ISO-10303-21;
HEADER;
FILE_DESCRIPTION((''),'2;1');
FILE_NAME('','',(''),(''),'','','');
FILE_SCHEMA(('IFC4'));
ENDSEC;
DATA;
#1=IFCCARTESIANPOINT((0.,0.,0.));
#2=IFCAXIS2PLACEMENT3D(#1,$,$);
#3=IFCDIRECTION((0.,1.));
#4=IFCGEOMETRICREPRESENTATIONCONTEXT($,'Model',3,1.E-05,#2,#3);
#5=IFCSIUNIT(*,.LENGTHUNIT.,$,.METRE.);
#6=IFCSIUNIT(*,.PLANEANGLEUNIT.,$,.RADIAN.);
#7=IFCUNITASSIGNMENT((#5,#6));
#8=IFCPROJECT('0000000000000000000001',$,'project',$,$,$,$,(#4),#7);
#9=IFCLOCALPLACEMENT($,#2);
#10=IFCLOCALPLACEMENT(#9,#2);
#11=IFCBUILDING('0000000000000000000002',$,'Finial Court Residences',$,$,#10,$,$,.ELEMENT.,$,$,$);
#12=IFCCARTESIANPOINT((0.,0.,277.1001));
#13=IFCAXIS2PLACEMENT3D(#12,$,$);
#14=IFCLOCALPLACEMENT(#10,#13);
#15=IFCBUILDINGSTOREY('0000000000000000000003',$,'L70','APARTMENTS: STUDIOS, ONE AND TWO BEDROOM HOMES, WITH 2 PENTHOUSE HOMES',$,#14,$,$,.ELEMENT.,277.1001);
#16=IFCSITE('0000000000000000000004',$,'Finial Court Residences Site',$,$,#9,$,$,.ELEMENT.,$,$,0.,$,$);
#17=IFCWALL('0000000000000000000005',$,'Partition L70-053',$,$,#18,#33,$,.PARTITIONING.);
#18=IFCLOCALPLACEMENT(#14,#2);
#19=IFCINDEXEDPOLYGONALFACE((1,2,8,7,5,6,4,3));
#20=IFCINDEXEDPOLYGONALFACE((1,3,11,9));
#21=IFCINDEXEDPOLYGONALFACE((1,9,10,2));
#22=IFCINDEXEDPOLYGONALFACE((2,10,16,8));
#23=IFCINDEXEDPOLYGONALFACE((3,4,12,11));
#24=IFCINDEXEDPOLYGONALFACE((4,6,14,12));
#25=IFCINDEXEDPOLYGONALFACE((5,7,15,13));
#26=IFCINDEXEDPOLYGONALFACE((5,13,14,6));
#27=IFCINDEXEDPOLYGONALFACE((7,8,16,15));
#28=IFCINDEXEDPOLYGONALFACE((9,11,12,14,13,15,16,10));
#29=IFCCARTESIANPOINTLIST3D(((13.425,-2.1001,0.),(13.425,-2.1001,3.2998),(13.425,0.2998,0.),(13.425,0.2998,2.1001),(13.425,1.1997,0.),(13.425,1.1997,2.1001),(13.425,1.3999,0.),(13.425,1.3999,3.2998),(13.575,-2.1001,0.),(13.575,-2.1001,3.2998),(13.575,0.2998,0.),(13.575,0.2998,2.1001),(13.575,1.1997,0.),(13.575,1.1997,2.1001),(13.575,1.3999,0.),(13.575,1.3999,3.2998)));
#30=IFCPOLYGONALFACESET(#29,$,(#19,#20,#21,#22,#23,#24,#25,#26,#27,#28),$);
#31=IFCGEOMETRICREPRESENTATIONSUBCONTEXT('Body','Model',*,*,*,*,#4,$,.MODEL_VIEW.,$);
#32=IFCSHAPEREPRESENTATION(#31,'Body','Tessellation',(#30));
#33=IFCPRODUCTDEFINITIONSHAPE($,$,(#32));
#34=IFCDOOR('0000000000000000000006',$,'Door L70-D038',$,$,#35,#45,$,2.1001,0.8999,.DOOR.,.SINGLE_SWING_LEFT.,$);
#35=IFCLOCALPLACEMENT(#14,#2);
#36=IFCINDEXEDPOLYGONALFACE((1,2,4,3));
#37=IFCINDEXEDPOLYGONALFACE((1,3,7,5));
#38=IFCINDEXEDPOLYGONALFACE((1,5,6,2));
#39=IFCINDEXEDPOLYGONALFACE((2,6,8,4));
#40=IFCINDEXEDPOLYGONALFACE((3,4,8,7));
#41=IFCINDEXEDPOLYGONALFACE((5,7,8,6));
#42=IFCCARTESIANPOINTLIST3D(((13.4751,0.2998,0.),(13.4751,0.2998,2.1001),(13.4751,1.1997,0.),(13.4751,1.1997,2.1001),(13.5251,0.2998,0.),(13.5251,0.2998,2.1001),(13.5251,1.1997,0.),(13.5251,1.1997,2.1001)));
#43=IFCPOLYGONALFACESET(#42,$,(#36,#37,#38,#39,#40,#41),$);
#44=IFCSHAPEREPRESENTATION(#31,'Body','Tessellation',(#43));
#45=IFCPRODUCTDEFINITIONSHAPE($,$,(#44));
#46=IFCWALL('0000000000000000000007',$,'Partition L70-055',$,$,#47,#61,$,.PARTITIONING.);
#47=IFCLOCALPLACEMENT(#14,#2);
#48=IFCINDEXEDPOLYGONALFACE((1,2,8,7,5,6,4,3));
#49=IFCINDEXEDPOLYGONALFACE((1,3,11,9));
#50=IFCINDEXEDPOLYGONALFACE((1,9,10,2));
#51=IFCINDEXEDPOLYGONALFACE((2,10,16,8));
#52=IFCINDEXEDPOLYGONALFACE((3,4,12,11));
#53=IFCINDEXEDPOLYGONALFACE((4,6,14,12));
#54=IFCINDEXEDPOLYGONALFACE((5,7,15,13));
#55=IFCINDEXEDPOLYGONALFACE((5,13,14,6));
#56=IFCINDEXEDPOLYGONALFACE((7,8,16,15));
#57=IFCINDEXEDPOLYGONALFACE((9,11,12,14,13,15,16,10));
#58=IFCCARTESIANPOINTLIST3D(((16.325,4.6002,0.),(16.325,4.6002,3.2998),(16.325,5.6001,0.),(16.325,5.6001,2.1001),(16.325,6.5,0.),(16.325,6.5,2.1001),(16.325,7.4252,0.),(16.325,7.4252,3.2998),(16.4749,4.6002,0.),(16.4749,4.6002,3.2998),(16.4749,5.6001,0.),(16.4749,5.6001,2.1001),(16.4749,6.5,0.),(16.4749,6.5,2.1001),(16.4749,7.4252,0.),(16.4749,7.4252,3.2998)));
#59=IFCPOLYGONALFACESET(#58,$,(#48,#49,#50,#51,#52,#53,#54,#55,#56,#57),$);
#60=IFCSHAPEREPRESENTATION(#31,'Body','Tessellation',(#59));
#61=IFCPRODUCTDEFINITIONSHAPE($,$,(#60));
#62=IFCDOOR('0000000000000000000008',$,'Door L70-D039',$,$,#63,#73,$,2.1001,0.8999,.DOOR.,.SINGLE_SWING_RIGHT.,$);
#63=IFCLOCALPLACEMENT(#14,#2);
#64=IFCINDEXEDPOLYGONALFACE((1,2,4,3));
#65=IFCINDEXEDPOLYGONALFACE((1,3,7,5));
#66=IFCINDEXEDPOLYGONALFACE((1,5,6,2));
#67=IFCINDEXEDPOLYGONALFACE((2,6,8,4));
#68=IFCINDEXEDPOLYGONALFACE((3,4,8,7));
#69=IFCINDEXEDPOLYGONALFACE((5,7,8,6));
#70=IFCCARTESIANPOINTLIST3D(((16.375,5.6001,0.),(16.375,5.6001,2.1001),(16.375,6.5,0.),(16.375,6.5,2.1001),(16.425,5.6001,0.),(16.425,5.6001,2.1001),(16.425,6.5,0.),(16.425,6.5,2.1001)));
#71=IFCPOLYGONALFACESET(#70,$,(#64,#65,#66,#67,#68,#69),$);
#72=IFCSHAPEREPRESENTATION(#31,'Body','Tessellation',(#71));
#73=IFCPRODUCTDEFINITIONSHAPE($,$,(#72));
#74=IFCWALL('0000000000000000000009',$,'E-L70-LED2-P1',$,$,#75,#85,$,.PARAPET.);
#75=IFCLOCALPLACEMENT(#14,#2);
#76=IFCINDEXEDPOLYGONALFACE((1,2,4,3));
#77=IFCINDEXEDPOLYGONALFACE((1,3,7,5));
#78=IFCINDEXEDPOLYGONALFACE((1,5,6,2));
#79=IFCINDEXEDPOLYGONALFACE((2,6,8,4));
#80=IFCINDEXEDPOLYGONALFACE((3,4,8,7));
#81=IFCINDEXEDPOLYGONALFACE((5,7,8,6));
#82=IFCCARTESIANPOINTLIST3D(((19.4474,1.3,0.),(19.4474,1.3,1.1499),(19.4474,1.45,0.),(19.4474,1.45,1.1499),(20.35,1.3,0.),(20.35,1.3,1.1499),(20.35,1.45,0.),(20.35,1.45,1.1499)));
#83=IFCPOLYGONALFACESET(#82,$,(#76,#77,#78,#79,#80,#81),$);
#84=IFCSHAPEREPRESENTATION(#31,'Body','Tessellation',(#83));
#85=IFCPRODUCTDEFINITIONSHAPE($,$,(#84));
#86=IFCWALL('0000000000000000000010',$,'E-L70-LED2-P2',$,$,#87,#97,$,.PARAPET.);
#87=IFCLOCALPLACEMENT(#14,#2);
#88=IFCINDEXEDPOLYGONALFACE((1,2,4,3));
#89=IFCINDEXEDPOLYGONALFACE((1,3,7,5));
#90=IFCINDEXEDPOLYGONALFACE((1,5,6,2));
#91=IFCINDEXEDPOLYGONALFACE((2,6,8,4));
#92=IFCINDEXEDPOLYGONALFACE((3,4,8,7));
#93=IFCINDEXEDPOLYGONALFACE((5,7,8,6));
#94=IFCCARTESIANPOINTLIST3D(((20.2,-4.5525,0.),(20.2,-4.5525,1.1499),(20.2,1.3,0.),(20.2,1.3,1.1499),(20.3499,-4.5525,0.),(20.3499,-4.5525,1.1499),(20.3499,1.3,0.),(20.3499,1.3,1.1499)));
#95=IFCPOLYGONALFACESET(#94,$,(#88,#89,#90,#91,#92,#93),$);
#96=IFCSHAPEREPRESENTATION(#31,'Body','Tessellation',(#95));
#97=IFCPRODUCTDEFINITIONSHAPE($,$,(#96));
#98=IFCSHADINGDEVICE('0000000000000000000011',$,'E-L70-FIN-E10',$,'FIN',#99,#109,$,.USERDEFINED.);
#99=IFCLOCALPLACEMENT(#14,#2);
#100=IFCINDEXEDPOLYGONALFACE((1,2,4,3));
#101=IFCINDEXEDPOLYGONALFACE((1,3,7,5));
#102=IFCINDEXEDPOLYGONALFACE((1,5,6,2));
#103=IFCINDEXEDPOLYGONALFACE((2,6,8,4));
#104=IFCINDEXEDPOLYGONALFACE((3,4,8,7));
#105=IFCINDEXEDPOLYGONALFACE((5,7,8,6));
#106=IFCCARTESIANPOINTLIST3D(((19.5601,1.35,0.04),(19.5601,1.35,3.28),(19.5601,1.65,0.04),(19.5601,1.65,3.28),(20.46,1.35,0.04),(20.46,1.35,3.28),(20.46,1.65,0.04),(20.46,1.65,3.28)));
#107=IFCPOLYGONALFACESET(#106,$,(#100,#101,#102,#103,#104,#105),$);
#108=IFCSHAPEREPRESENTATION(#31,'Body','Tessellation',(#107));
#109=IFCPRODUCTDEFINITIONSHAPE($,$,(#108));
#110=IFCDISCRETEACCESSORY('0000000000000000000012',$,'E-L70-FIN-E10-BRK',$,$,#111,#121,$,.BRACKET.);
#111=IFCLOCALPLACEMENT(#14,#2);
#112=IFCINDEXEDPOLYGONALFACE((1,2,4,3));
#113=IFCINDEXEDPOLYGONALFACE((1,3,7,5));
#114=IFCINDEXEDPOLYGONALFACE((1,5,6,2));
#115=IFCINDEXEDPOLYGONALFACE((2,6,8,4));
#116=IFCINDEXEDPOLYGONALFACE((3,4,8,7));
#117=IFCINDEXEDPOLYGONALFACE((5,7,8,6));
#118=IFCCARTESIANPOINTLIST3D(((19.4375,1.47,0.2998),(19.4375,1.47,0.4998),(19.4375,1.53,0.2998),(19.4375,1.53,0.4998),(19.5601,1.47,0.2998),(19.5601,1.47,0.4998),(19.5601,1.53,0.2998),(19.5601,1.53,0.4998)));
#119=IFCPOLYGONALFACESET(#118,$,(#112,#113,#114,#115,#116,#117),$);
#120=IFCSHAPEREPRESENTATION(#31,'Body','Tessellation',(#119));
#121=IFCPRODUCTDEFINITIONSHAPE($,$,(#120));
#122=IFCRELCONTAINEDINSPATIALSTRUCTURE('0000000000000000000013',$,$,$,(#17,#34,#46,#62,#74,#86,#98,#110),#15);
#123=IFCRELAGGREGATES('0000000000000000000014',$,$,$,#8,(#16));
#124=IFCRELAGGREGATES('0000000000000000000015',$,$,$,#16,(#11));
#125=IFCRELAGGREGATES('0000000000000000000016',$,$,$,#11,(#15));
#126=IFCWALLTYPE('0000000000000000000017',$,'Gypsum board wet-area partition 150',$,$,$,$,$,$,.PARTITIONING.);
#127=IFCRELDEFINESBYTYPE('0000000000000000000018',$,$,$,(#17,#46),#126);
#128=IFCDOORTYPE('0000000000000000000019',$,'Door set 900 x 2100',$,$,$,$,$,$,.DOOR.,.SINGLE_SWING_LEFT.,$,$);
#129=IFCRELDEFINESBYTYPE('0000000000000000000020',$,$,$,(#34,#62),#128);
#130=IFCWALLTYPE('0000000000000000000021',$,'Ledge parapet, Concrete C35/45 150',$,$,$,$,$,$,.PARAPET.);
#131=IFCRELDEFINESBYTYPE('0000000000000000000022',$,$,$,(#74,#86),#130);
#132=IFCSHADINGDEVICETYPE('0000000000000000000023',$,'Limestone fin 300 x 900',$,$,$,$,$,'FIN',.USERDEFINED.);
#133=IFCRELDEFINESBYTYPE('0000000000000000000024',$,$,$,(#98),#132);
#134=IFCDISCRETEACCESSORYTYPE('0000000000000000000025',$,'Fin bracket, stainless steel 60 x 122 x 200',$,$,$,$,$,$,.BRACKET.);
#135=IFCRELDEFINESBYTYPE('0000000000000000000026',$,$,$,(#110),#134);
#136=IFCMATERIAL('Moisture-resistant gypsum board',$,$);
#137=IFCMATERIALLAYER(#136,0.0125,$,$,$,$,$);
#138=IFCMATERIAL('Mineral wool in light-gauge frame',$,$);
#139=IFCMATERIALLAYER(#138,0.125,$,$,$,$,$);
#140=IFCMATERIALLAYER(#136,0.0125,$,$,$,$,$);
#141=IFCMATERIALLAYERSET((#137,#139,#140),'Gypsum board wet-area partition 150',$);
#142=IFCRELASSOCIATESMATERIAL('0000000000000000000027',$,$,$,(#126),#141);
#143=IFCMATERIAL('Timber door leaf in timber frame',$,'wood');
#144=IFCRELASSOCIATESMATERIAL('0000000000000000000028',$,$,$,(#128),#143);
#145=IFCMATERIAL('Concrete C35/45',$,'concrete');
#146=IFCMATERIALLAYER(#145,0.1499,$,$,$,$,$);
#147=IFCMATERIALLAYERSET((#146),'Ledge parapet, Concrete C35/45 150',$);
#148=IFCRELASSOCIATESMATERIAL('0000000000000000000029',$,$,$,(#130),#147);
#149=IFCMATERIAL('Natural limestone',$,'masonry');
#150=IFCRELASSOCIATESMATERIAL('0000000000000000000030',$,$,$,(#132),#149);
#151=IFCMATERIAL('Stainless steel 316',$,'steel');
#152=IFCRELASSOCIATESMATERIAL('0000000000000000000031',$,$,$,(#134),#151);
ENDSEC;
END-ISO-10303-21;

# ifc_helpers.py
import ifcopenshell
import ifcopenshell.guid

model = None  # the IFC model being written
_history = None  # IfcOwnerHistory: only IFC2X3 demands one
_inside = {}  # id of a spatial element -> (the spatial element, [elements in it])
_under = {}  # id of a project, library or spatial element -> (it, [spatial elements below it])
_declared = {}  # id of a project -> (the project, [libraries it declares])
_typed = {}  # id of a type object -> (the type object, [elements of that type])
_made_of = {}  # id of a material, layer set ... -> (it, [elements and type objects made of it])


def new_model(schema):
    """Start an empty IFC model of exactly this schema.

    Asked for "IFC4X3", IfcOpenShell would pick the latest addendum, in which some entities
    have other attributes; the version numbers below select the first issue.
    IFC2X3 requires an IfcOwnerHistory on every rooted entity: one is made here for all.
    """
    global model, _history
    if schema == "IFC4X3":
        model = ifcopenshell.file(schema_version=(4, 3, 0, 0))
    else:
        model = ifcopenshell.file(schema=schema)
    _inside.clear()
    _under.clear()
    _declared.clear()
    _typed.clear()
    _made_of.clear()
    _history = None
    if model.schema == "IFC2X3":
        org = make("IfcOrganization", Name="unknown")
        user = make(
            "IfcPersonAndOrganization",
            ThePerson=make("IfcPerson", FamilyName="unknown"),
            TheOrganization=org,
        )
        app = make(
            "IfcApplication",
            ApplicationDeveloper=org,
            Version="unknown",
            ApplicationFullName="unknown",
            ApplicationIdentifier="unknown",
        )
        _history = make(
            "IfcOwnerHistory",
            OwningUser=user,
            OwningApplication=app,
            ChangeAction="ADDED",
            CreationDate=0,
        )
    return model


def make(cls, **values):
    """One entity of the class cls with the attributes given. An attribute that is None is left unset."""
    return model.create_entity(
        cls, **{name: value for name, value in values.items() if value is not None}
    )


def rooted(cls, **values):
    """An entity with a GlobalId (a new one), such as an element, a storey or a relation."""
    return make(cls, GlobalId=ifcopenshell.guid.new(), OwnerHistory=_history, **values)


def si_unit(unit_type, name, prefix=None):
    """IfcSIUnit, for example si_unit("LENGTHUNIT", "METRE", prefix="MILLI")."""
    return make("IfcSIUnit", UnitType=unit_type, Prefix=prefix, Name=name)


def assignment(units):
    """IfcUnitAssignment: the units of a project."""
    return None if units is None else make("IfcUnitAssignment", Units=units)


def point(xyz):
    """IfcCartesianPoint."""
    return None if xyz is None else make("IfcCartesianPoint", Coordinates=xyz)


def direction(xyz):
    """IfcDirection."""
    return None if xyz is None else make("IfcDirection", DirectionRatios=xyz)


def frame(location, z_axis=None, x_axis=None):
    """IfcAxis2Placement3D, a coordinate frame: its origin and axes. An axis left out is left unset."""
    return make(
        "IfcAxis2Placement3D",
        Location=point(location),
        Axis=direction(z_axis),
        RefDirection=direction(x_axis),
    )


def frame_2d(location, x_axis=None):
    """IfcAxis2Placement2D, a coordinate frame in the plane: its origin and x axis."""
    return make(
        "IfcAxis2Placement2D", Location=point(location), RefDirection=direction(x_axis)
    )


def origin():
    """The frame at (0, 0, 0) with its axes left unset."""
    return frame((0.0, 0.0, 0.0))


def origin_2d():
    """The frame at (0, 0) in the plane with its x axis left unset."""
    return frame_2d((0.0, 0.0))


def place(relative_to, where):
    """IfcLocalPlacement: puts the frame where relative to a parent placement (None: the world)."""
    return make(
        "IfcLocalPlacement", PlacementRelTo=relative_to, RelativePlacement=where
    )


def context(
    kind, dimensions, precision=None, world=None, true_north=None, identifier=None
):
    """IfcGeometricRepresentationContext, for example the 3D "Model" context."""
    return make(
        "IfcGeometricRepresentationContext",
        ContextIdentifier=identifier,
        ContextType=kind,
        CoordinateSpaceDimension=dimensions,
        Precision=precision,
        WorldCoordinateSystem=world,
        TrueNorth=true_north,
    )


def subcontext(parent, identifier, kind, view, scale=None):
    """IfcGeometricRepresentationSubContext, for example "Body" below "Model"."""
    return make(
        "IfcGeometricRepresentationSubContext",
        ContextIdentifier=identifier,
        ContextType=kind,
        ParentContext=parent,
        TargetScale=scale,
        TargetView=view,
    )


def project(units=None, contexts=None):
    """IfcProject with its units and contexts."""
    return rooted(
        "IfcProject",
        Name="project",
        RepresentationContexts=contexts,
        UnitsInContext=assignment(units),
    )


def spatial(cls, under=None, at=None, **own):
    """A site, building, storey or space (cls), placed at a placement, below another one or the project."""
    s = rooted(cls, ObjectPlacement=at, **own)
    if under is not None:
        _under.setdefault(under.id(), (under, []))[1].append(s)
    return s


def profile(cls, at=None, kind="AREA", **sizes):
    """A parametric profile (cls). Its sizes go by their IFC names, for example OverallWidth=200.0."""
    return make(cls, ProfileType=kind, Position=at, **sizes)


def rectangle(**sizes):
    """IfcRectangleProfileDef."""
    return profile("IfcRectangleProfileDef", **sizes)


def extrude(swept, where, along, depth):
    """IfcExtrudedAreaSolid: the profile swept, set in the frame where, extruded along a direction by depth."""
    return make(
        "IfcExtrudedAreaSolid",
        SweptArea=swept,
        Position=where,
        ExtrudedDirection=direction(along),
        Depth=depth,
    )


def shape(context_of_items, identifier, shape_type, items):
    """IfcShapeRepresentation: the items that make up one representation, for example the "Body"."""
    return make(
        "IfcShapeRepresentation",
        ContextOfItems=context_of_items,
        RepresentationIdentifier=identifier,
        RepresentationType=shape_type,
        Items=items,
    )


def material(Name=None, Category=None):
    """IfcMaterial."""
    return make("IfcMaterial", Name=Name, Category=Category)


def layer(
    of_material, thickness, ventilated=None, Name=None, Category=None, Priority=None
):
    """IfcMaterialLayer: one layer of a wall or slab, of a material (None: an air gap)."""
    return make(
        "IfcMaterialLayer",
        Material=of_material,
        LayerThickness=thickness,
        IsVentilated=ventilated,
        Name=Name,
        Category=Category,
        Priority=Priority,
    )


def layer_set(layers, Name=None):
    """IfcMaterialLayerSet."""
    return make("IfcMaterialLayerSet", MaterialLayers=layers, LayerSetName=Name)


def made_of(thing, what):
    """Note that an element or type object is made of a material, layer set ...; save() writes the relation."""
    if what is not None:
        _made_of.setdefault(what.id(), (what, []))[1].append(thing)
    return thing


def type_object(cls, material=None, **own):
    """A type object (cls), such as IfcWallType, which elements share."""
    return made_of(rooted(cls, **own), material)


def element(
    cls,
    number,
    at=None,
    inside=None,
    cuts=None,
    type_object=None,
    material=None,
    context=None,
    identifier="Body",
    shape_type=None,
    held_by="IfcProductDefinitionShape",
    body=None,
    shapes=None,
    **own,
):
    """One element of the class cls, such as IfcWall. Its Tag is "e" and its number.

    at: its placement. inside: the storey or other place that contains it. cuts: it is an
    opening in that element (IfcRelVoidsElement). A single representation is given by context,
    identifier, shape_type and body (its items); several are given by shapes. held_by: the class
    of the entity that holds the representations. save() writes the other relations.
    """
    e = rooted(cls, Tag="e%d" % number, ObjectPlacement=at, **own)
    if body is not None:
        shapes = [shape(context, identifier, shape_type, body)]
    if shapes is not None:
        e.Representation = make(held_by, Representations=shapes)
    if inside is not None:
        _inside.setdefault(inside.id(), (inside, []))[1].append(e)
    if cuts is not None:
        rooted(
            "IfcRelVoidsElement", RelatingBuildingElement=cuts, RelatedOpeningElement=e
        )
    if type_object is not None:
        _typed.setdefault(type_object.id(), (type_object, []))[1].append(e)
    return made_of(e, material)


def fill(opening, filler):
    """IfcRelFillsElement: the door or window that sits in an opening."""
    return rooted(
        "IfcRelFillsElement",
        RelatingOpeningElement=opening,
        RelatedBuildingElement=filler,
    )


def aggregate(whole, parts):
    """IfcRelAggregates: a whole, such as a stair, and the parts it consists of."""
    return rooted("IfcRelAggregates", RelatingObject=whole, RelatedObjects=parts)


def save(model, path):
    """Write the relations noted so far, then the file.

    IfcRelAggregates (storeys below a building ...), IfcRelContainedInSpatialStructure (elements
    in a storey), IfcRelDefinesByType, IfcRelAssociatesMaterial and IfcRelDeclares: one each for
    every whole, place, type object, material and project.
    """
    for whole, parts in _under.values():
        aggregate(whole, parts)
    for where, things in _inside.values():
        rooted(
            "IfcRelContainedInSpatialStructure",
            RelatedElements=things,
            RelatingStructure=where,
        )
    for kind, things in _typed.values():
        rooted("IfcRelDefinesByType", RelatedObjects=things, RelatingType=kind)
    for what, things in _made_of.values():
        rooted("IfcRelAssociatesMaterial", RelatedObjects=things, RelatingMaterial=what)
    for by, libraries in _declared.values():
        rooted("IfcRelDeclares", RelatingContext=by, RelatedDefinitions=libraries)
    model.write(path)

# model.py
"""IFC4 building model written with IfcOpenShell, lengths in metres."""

from ifc_helpers import new_model, si_unit, direction, frame, frame_2d, origin, origin_2d, place, context, subcontext, project, spatial, rectangle, extrude, material, layer, layer_set, type_object, element, fill, save


model = new_model("IFC4")

# Units and contexts
model_context = context("Model", 3, precision=1e-05, world=origin(), true_north=direction((0.0, 1.0)))
body_context = subcontext(model_context, "Body", "Model", "MODEL_VIEW")
ifc_project = project(units=[si_unit("LENGTHUNIT", "METRE"), si_unit("PLANEANGLEUNIT", "RADIAN")], contexts=[model_context])

# Site, building, storey
site_placement = place(None, origin())
site = spatial("IfcSite", under=ifc_project, at=site_placement, Name="Finial Court Residences Site", CompositionType="ELEMENT", RefElevation=0.0)
building_placement = place(site_placement, origin())
building = spatial("IfcBuilding", under=site, at=building_placement, Name="Finial Court Residences", CompositionType="ELEMENT")
storey_placement = place(building_placement, frame((0.0, 0.0, 277.1001)))
storey = spatial("IfcBuildingStorey", under=building, at=storey_placement, Name="L70", Description="APARTMENTS: STUDIOS, ONE AND TWO BEDROOM HOMES, WITH 2 PENTHOUSE HOMES", CompositionType="ELEMENT", Elevation=277.1001)

# Shared definitions
ifc_material_1 = material(Name="Mineral wool in light-gauge frame")
ifc_material_2 = material(Name="Moisture-resistant gypsum board")
ifc_layer_1 = layer(ifc_material_2, 0.0125)
ifc_layer_2 = layer(ifc_material_1, 0.125)
ifc_layer_3 = layer(ifc_material_2, 0.0125)
ifc_layer_set_1 = layer_set([ifc_layer_1, ifc_layer_2, ifc_layer_3], Name="Gypsum board wet-area partition 150")
wall_type_1 = type_object("IfcWallType", Name="Gypsum board wet-area partition 150", PredefinedType="PARTITIONING", material=ifc_layer_set_1)

# Walls, openings, doors
wall_1_placement = place(storey_placement, frame((13.5, -2.1001, 0.0), z_axis=(0.0, 0.0, 1.0), x_axis=(0.0, 1.0, 0.0)))
wall_1 = element("IfcWall", 1, at=wall_1_placement, inside=storey, type_object=wall_type_1, Name="Partition L70-053", PredefinedType="PARTITIONING", context=body_context, shape_type="SweptSolid", body=[
    extrude(rectangle(XDim=3.5, YDim=0.1499, at=frame_2d((1.75, 0.0))), origin(), (0.0, 0.0, 1.0), 3.2998),
])
opening_1_placement = place(wall_1_placement, frame((2.3999, 0.0, 0.0)))
opening_1 = element("IfcOpeningElement", 2, at=opening_1_placement, cuts=wall_1, PredefinedType="OPENING", context=body_context, shape_type="SweptSolid", body=[
    extrude(rectangle(XDim=0.8999, YDim=2.1001, at=frame_2d((0.45, 1.05))), frame((0.0, 0.085, 0.0), z_axis=(0.0, -1.0, 0.0), x_axis=(1.0, 0.0, 0.0)), (0.0, 0.0, 1.0), 0.1699),
])
ifc_material_3 = material(Name="Timber door leaf in timber frame", Category="wood")
door_type = type_object("IfcDoorType", Name="Door set 900 x 2100", OperationType="SINGLE_SWING_LEFT", PredefinedType="DOOR", material=ifc_material_3)
door_1_placement = place(opening_1_placement, origin())
door_1 = element("IfcDoor", 3, at=door_1_placement, inside=storey, type_object=door_type, Name="Door L70-D038", OperationType="SINGLE_SWING_LEFT", OverallHeight=2.1001, OverallWidth=0.8999, PredefinedType="DOOR", context=body_context, shape_type="SweptSolid", body=[
    extrude(rectangle(XDim=0.8999, YDim=2.1001, at=frame_2d((0.45, 1.05))), frame((0.0, 0.0249, 0.0), z_axis=(0.0, -1.0, 0.0), x_axis=(1.0, 0.0, 0.0)), (0.0, 0.0, 1.0), 0.05),
])
fill(opening_1, door_1)
wall_2_placement = place(storey_placement, frame((16.3999, 4.6001, 0.0), z_axis=(0.0, 0.0, 1.0), x_axis=(0.0, 1.0, 0.0)))
wall_2 = element("IfcWall", 4, at=wall_2_placement, inside=storey, type_object=wall_type_1, Name="Partition L70-055", PredefinedType="PARTITIONING", context=body_context, shape_type="SweptSolid", body=[
    extrude(rectangle(XDim=2.825, YDim=0.1499, at=frame_2d((1.4126, 0.0))), origin(), (0.0, 0.0, 1.0), 3.2998),
])
opening_2_placement = place(wall_2_placement, frame((1.0, 0.0, 0.0)))
opening_2 = element("IfcOpeningElement", 5, at=opening_2_placement, cuts=wall_2, PredefinedType="OPENING", context=body_context, shape_type="SweptSolid", body=[
    extrude(rectangle(XDim=0.8999, YDim=2.1001, at=frame_2d((0.45, 1.05))), frame((0.0, 0.085, 0.0), z_axis=(0.0, -1.0, 0.0), x_axis=(1.0, 0.0, 0.0)), (0.0, 0.0, 1.0), 0.1699),
])
door_2_placement = place(opening_2_placement, origin())
door_2 = element("IfcDoor", 6, at=door_2_placement, inside=storey, type_object=door_type, Name="Door L70-D039", OperationType="SINGLE_SWING_RIGHT", OverallHeight=2.1001, OverallWidth=0.8999, PredefinedType="DOOR", context=body_context, shape_type="SweptSolid", body=[
    extrude(rectangle(XDim=0.8999, YDim=2.1001, at=frame_2d((0.45, 1.05))), frame((0.0, 0.0249, 0.0), z_axis=(0.0, -1.0, 0.0), x_axis=(1.0, 0.0, 0.0)), (0.0, 0.0, 1.0), 0.05),
])
fill(opening_2, door_2)

# Walls
ifc_material_4 = material(Name="Concrete C35/45", Category="concrete")
ifc_layer_4 = layer(ifc_material_4, 0.1499)
ifc_layer_set_2 = layer_set([ifc_layer_4], Name="Ledge parapet, Concrete C35/45 150")
wall_type_2 = type_object("IfcWallType", Name="Ledge parapet, Concrete C35/45 150", PredefinedType="PARAPET", material=ifc_layer_set_2)
wall_3_placement = place(storey_placement, frame((19.4475, 1.375, 0.0), z_axis=(0.0, 0.0, 1.0), x_axis=(1.0, 0.0, 0.0)))
element("IfcWall", 7, at=wall_3_placement, inside=storey, type_object=wall_type_2, Name="E-L70-LED2-P1", PredefinedType="PARAPET", context=body_context, shape_type="SweptSolid", body=[
    extrude(rectangle(XDim=0.9026, YDim=0.1499, at=frame_2d((0.4512, 0.0))), origin(), (0.0, 0.0, 1.0), 1.1499),
])
wall_4_placement = place(storey_placement, frame((20.2749, 1.3, 0.0), z_axis=(0.0, 0.0, 1.0), x_axis=(0.0, -1.0, 0.0)))
element("IfcWall", 8, at=wall_4_placement, inside=storey, type_object=wall_type_2, Name="E-L70-LED2-P2", PredefinedType="PARAPET", context=body_context, shape_type="SweptSolid", body=[
    extrude(rectangle(XDim=5.8525, YDim=0.1499, at=frame_2d((2.9263, 0.0))), origin(), (0.0, 0.0, 1.0), 1.1499),
])

# Shading device
ifc_material_5 = material(Name="Natural limestone", Category="masonry")
shading_device_type = type_object("IfcShadingDeviceType", Name="Limestone fin 300 x 900", ElementType="FIN", PredefinedType="USERDEFINED", material=ifc_material_5)
shading_device_placement = place(storey_placement, frame((20.01, 1.5, 0.04), z_axis=(0.0, 0.0, 1.0), x_axis=(1.0, 0.0, 0.0)))
element("IfcShadingDevice", 9, at=shading_device_placement, inside=storey, type_object=shading_device_type, Name="E-L70-FIN-E10", ObjectType="FIN", PredefinedType="USERDEFINED", context=body_context, shape_type="SweptSolid", body=[
    extrude(rectangle(XDim=0.8999, YDim=0.3, at=origin_2d()), origin(), (0.0, 0.0, 1.0), 3.24),
])

# Discrete accessory
ifc_material_6 = material(Name="Stainless steel 316", Category="steel")
discrete_accessory_type = type_object("IfcDiscreteAccessoryType", Name="Fin bracket, stainless steel 60 x 122 x 200", PredefinedType="BRACKET", material=ifc_material_6)
discrete_accessory_placement = place(storey_placement, frame((19.4988, 1.5, 0.2998), z_axis=(0.0, 0.0, 1.0), x_axis=(1.0, 0.0, 0.0)))
element("IfcDiscreteAccessory", 10, at=discrete_accessory_placement, inside=storey, type_object=discrete_accessory_type, Name="E-L70-FIN-E10-BRK", PredefinedType="BRACKET", context=body_context, shape_type="SweptSolid", body=[
    extrude(rectangle(XDim=0.1226, YDim=0.0601, at=origin_2d()), origin(), (0.0, 0.0, 1.0), 0.2),
])

save(model, "model.ifc")
